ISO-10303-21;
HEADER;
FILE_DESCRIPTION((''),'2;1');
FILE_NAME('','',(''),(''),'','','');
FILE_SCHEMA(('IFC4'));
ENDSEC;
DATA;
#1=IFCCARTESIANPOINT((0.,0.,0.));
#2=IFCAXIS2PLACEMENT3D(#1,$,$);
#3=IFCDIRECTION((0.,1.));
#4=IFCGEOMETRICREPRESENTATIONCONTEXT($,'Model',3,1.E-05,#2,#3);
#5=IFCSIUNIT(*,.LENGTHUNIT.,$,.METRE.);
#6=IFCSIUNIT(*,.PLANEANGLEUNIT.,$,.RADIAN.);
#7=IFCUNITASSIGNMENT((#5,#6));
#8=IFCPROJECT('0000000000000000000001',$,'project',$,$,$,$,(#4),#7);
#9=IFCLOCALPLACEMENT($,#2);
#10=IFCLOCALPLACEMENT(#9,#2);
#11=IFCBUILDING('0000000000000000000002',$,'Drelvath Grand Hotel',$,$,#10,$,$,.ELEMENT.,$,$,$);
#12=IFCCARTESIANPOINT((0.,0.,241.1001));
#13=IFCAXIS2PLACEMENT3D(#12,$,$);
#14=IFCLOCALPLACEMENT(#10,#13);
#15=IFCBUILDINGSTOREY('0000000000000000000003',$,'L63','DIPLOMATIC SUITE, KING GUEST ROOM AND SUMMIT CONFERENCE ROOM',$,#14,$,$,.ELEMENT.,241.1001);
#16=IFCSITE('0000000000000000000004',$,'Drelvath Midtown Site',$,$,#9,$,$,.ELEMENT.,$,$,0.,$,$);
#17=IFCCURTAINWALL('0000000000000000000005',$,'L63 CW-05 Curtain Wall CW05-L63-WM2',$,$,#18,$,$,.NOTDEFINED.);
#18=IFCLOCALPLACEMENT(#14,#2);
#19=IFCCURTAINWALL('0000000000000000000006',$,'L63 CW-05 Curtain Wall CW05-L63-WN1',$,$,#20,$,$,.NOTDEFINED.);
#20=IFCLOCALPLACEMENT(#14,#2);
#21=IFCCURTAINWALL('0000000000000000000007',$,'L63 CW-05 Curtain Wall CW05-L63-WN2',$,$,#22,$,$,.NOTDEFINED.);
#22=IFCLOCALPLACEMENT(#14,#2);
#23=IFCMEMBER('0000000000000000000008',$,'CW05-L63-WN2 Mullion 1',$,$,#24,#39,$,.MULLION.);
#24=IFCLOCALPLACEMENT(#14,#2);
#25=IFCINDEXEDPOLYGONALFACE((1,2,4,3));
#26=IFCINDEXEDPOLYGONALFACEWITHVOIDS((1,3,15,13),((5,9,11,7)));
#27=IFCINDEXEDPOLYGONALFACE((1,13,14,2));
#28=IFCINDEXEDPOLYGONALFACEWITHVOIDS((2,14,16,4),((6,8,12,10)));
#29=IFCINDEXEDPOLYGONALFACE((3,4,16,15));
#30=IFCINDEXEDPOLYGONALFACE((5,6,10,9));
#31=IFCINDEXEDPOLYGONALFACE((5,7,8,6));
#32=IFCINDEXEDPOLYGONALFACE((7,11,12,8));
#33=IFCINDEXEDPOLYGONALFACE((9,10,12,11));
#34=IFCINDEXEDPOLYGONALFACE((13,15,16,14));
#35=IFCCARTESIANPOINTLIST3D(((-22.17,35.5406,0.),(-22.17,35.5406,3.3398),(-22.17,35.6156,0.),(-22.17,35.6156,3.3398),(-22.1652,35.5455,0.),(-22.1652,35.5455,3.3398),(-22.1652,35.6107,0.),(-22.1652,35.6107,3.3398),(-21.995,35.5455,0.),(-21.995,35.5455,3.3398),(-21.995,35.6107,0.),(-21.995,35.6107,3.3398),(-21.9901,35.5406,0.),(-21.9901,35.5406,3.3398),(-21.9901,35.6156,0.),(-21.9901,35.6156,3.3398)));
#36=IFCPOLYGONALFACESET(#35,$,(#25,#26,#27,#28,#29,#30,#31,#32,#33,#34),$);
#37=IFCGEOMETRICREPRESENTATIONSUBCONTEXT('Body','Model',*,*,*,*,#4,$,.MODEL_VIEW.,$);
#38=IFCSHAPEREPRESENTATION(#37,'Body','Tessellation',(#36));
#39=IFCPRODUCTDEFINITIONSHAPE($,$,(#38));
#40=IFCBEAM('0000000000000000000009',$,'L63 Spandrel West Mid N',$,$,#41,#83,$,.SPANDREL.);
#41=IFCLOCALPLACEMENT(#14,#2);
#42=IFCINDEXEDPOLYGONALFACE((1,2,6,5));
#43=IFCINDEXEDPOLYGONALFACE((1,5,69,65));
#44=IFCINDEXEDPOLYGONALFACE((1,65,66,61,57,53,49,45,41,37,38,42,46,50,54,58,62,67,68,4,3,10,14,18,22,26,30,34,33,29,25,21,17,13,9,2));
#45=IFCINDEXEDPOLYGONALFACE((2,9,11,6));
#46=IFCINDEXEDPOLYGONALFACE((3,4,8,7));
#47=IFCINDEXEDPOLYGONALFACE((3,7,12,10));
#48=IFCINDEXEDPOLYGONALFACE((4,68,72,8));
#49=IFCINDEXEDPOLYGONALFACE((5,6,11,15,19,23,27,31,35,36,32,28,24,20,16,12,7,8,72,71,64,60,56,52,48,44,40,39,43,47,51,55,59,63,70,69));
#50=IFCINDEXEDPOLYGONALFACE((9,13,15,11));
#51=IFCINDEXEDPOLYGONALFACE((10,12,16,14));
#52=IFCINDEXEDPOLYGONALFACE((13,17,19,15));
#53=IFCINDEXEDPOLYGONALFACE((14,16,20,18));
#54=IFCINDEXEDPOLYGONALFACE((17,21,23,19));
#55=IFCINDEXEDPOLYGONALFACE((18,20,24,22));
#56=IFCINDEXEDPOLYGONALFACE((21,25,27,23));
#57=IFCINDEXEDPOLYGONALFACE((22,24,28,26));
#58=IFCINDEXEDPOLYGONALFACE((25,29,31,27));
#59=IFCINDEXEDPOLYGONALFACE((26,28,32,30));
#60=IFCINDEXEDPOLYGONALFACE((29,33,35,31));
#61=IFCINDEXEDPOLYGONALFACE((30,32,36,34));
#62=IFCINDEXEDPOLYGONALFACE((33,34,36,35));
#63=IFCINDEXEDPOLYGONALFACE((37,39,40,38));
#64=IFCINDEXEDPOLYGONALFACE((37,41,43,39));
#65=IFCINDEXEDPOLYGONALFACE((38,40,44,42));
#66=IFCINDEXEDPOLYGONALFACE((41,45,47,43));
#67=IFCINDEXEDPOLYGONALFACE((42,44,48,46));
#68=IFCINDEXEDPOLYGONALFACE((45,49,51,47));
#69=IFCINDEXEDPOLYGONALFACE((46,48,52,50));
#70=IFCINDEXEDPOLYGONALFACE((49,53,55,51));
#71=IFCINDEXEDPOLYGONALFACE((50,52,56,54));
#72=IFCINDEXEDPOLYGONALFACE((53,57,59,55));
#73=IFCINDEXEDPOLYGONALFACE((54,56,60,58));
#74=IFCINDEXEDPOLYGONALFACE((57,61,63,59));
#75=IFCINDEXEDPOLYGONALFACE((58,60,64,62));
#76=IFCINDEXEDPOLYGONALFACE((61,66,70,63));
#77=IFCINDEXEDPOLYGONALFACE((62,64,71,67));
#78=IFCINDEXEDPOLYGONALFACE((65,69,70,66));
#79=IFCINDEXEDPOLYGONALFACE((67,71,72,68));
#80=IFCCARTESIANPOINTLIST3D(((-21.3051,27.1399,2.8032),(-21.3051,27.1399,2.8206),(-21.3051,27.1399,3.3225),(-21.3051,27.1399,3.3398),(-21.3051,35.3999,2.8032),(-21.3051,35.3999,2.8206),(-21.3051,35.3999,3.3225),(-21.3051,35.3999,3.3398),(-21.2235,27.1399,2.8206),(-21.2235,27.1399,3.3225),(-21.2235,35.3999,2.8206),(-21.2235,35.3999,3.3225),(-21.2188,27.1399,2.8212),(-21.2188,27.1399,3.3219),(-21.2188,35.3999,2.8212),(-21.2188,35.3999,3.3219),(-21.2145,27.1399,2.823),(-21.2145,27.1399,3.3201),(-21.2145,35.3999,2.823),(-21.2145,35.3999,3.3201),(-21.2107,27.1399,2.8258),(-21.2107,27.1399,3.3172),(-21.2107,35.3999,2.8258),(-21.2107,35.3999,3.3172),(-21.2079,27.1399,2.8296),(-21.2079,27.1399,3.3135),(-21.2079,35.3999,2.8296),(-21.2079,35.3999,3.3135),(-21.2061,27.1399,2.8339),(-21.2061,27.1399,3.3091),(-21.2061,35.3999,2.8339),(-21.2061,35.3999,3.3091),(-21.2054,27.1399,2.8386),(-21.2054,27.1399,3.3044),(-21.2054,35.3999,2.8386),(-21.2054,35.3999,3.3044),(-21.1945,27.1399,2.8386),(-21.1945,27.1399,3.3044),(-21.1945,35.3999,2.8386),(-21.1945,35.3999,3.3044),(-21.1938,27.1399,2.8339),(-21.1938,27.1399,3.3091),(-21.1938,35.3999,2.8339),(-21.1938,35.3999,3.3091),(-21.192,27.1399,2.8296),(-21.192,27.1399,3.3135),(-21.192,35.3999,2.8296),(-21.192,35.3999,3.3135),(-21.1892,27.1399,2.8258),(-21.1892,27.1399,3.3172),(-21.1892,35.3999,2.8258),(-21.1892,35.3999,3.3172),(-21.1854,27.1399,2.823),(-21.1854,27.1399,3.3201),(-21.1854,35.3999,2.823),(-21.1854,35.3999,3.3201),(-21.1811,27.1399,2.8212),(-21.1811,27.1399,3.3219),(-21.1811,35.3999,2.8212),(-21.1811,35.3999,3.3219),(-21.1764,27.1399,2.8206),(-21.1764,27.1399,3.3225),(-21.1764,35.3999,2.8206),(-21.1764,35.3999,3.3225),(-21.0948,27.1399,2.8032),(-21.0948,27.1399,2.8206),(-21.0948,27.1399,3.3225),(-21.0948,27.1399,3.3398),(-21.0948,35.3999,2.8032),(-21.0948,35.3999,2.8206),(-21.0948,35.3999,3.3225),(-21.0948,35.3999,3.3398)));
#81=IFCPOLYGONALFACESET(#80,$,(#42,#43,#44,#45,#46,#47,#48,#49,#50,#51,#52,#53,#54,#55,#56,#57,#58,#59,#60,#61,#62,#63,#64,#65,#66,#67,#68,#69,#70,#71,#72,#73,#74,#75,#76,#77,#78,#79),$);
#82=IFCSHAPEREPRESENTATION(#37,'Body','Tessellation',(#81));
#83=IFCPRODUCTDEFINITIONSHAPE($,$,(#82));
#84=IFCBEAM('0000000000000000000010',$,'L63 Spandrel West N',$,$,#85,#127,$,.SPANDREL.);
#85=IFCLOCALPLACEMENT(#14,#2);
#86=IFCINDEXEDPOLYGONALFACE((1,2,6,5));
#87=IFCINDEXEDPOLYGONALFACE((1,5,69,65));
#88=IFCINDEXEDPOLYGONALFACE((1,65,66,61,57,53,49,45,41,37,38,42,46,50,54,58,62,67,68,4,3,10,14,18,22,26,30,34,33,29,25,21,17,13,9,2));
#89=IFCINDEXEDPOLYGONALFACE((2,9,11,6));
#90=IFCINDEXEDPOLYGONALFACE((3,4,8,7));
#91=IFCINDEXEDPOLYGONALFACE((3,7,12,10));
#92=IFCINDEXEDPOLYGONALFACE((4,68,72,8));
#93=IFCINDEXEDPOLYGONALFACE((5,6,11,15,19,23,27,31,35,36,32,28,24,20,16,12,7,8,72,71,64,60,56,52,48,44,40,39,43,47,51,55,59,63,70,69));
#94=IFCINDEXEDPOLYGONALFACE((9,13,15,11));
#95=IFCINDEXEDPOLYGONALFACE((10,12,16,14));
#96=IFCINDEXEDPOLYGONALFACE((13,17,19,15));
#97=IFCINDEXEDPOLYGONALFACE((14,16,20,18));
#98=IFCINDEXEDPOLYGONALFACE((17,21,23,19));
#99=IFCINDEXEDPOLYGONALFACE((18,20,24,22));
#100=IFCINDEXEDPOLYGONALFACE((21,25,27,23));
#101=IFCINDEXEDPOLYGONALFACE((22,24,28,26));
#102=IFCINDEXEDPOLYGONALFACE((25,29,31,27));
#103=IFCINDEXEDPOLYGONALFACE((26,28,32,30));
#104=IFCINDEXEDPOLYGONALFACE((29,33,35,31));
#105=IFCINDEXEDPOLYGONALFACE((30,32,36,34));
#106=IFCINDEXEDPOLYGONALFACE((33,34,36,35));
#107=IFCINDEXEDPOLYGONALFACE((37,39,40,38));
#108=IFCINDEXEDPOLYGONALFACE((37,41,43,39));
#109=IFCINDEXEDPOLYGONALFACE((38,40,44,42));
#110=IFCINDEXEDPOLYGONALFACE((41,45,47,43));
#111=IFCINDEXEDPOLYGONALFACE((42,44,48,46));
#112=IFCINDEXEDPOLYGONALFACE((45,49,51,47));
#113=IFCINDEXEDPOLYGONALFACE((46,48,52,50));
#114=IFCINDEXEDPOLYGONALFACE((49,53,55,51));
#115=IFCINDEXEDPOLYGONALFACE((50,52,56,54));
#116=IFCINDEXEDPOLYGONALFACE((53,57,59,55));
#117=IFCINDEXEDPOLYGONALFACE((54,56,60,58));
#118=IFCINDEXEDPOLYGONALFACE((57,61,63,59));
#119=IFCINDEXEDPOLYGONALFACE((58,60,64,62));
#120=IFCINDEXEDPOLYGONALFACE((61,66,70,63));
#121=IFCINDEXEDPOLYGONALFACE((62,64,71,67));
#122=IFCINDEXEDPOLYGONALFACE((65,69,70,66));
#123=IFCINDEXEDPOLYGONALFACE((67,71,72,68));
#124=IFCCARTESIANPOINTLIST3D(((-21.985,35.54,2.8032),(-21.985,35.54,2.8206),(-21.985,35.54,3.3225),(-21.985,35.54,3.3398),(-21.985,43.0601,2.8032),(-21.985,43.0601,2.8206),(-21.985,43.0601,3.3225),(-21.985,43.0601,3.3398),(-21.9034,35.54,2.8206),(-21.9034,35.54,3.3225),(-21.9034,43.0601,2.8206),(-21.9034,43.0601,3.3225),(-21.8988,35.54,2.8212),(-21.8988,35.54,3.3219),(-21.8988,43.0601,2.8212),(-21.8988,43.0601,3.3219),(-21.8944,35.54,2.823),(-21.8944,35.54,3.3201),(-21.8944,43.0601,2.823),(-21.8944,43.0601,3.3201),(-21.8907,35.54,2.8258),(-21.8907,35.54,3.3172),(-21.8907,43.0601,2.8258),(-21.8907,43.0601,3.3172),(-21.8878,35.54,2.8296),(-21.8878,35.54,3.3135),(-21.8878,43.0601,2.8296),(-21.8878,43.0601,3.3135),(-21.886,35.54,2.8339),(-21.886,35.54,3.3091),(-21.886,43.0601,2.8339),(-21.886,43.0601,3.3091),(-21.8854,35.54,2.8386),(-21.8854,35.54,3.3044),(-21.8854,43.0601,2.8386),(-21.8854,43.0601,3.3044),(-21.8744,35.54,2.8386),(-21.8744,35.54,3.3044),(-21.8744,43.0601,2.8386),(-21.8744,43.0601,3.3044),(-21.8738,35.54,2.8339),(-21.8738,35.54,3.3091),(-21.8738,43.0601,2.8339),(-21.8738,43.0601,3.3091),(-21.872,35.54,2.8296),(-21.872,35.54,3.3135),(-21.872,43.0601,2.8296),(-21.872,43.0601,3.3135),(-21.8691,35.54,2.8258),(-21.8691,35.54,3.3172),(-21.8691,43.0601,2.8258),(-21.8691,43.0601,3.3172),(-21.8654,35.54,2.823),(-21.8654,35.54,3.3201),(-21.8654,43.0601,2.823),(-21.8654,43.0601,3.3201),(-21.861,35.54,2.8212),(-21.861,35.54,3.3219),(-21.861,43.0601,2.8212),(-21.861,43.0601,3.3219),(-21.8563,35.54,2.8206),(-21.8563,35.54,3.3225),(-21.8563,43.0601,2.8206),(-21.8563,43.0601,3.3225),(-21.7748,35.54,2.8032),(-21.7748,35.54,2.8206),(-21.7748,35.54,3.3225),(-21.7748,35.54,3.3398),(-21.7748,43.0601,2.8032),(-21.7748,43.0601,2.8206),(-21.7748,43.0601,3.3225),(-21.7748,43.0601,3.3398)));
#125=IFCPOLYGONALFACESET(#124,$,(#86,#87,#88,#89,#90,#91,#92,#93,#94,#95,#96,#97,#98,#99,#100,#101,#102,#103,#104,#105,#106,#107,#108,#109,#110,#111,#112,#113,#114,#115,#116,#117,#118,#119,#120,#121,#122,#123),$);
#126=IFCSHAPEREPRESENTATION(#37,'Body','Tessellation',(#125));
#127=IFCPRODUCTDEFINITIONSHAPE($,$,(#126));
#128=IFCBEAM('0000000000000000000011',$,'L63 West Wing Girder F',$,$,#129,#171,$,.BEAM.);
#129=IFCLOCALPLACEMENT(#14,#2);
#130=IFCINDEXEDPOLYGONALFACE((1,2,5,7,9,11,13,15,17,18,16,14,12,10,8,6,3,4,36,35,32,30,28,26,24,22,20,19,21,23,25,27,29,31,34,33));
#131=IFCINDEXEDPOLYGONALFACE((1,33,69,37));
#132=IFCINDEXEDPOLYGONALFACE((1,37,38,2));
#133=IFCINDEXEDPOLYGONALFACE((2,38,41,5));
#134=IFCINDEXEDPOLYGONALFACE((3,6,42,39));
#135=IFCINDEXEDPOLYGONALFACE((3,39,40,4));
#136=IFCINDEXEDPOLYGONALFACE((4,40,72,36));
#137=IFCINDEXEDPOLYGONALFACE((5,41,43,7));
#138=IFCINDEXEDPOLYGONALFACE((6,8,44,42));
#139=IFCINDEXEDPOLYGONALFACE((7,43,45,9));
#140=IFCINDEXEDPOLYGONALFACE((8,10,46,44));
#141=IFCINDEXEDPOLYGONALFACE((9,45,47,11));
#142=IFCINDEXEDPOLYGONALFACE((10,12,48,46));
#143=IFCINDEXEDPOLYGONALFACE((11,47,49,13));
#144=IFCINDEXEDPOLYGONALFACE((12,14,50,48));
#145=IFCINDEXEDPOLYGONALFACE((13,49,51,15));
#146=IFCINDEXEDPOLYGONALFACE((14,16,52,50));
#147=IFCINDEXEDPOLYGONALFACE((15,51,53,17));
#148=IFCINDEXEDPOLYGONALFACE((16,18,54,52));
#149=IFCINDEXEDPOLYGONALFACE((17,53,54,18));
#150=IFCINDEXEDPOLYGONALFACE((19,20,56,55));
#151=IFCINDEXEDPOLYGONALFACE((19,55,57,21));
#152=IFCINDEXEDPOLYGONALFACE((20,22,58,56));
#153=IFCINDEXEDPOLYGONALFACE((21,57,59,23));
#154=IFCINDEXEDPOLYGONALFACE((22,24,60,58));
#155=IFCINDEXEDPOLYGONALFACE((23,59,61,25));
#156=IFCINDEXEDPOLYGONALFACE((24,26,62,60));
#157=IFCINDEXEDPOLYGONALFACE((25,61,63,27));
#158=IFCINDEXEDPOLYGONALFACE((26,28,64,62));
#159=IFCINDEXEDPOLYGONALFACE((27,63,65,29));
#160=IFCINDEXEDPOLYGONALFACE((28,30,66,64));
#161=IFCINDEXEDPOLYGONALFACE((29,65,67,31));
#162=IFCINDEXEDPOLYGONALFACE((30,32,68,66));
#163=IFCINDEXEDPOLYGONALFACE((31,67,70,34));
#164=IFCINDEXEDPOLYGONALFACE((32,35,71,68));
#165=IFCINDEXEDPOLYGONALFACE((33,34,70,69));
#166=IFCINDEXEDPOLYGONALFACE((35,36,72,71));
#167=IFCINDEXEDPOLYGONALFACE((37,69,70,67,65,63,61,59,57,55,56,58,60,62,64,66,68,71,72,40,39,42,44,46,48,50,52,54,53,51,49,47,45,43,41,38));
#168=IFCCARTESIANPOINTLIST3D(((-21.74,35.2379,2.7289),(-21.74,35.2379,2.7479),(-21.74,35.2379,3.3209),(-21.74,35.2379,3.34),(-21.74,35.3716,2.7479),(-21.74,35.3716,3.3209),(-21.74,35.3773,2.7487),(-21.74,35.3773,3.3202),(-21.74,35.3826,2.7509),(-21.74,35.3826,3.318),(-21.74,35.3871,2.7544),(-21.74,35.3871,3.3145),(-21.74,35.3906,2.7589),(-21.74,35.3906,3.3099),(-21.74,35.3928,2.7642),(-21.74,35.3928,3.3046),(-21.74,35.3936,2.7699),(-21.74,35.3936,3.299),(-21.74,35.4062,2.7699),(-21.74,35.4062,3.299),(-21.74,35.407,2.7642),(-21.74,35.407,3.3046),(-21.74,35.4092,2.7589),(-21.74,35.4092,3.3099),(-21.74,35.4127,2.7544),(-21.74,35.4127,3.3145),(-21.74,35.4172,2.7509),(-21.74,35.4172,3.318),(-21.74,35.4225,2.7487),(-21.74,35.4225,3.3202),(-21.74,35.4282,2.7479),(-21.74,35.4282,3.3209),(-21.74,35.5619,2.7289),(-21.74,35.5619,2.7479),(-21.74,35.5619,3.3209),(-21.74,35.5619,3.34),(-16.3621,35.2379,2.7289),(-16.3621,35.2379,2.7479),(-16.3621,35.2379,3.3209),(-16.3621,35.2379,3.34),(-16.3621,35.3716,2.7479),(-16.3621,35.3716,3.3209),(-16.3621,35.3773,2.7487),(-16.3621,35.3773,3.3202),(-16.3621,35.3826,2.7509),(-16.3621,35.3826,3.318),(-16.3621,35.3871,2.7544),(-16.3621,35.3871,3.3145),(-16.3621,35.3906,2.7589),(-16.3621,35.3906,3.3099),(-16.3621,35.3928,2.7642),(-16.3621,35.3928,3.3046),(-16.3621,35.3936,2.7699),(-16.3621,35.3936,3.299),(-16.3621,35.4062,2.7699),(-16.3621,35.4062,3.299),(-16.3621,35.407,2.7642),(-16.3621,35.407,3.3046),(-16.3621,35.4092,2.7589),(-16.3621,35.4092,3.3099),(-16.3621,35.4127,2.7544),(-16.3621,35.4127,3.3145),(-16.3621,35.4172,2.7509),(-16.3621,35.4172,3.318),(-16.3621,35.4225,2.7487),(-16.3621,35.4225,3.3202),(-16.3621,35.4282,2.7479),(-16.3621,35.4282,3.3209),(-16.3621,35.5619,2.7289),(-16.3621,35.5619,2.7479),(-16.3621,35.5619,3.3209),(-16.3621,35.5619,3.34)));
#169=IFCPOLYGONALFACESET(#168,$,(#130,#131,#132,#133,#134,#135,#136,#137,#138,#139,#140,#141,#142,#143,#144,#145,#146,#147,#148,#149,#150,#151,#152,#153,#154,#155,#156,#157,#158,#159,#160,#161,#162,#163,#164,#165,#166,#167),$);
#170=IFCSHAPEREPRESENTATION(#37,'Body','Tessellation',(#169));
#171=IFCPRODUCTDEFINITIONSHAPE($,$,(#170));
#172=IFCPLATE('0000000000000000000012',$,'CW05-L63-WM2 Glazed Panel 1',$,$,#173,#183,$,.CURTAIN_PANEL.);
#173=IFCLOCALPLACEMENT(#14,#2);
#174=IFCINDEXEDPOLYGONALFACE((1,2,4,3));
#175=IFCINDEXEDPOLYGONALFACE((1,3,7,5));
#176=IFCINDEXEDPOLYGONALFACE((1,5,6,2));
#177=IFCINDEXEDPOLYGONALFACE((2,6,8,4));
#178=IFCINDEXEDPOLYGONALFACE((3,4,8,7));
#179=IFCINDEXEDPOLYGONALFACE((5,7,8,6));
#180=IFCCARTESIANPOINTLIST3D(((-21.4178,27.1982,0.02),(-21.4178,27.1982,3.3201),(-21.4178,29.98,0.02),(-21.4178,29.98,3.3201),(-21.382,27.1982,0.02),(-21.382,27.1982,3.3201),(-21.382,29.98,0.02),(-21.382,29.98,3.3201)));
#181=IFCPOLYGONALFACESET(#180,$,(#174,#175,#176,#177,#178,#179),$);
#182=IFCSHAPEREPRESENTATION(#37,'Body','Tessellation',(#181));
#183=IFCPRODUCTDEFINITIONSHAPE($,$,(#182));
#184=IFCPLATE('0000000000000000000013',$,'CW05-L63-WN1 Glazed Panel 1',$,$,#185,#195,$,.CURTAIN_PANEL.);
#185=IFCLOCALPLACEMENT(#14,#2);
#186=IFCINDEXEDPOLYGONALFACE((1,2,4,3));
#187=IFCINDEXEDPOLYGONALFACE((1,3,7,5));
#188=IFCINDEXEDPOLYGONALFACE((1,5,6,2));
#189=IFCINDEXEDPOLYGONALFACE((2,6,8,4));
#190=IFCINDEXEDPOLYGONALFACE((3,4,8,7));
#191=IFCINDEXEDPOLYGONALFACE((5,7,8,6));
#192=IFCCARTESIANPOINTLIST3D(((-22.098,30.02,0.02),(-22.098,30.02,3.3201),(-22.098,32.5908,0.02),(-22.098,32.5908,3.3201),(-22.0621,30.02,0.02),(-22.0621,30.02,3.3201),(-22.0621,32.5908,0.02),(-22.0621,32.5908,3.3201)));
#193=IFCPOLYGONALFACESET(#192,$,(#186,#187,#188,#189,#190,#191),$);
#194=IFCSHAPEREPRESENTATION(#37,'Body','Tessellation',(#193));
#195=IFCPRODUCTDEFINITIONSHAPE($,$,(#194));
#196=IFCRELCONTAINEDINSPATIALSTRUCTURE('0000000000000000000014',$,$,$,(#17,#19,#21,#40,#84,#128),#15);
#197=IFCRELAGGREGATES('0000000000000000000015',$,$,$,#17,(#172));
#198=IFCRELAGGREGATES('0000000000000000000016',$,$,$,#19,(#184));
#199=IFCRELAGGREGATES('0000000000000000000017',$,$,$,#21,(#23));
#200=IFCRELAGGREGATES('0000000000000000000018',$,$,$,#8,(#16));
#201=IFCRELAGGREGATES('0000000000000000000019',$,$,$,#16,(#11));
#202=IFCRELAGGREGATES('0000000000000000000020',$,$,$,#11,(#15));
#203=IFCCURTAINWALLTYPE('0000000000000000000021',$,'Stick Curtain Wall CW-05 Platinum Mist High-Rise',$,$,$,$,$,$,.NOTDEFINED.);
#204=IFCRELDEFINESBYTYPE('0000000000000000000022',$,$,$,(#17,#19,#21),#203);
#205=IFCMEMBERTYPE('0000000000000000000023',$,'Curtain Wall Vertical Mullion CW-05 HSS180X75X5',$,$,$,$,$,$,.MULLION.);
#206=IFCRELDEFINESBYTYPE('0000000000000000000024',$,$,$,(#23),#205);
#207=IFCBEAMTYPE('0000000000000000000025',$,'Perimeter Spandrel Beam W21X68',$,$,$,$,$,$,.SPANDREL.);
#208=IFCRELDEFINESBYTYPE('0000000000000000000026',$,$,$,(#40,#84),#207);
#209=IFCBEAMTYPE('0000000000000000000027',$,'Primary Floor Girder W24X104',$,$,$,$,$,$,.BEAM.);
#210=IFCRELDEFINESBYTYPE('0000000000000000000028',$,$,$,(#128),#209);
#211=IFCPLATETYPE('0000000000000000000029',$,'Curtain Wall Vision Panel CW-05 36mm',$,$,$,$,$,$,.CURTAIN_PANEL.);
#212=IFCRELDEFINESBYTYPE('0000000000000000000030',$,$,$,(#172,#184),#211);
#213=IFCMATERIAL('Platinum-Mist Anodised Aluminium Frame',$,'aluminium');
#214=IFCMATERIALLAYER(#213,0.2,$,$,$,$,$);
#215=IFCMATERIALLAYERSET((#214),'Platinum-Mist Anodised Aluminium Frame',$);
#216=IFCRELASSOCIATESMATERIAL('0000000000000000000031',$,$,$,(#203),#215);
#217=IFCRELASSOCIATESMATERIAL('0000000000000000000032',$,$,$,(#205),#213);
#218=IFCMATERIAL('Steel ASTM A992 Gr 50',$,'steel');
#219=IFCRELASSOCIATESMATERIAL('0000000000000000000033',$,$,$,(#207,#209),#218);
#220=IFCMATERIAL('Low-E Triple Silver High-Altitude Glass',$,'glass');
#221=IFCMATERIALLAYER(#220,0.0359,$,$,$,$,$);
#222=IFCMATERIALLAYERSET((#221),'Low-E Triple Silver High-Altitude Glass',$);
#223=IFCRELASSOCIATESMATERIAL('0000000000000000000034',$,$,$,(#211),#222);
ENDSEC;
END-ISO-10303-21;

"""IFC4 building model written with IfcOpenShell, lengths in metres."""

from ifc_helpers import new_model, si_unit, direction, frame, origin, origin_2d, place, context, subcontext, project, spatial, rectangle, hollow_rectangle, i_section, extrude, material, layer, layer_set, material_profile, profile_set, type_object, element, aggregate, save


model = new_model("IFC4")

# Units and contexts
model_context = context("Model", 3, precision=1e-05, world=origin(), true_north=direction((0.0, 1.0)))
body_context = subcontext(model_context, "Body", "Model", "MODEL_VIEW")
ifc_project = project(units=[si_unit("LENGTHUNIT", "METRE"), si_unit("PLANEANGLEUNIT", "RADIAN")], contexts=[model_context])

# Site, building, storey
site_placement = place(None, origin())
site = spatial("IfcSite", under=ifc_project, at=site_placement, Name="Drelvath Midtown Site", CompositionType="ELEMENT", RefElevation=0.0)
building_placement = place(site_placement, origin())
building = spatial("IfcBuilding", under=site, at=building_placement, Name="Drelvath Grand Hotel", CompositionType="ELEMENT")
storey_placement = place(building_placement, frame((0.0, 0.0, 241.1001)))
storey = spatial("IfcBuildingStorey", under=building, at=storey_placement, Name="L63", Description="DIPLOMATIC SUITE, KING GUEST ROOM AND SUMMIT CONFERENCE ROOM", CompositionType="ELEMENT", Elevation=241.1001)

# Curtain walls
ifc_material_1 = material(Name="Platinum-Mist Anodised Aluminium Frame", Category="aluminium")
ifc_layer_1 = layer(ifc_material_1, 0.2)
ifc_layer_set_1 = layer_set([ifc_layer_1], Name="Platinum-Mist Anodised Aluminium Frame")
curtain_wall_type = type_object("IfcCurtainWallType", Name="Stick Curtain Wall CW-05 Platinum Mist High-Rise", PredefinedType="NOTDEFINED", material=ifc_layer_set_1)
curtain_wall_1_placement = place(storey_placement, origin())
curtain_wall_1 = element("IfcCurtainWall", 1, at=curtain_wall_1_placement, inside=storey, type_object=curtain_wall_type, Name="L63 CW-05 Curtain Wall CW05-L63-WM2", PredefinedType="NOTDEFINED")
curtain_wall_2_placement = place(storey_placement, origin())
curtain_wall_2 = element("IfcCurtainWall", 2, at=curtain_wall_2_placement, inside=storey, type_object=curtain_wall_type, Name="L63 CW-05 Curtain Wall CW05-L63-WN1", PredefinedType="NOTDEFINED")
curtain_wall_3_placement = place(storey_placement, origin())
curtain_wall_3 = element("IfcCurtainWall", 3, at=curtain_wall_3_placement, inside=storey, type_object=curtain_wall_type, Name="L63 CW-05 Curtain Wall CW05-L63-WN2", PredefinedType="NOTDEFINED")

# Member
ifc_material_profile_1 = material_profile(ifc_material_1, hollow_rectangle(XDim=0.075, YDim=0.1799, WallThickness=0.0049, at=origin_2d()), Name="HSS180X75X5")
ifc_profile_set_1 = profile_set([ifc_material_profile_1], Name="Platinum-Mist Anodised Aluminium Frame")
member_type_1 = type_object("IfcMemberType", Name="Curtain Wall Vertical Mullion CW-05 HSS180X75X5", PredefinedType="MULLION", material=ifc_profile_set_1)
member_1_placement = place(storey_placement, frame((-22.0801, 35.5781, 0.0), z_axis=(0.0, 0.0, 1.0), x_axis=(0.0, 1.0, 0.0)))
member_1 = element("IfcMember", 4, at=member_1_placement, type_object=member_type_1, Name="CW05-L63-WN2 Mullion 1", PredefinedType="MULLION", context=body_context, shape_type="SweptSolid", body=[
    extrude(hollow_rectangle(XDim=0.075, YDim=0.1799, WallThickness=0.0049, at=origin_2d()), origin(), (0.0, 0.0, 1.0), 3.3398),
])

# Beams
ifc_material_2 = material(Name="Steel ASTM A992 Gr 50", Category="steel")
ifc_material_profile_2 = material_profile(ifc_material_2, i_section(OverallWidth=0.2102, OverallDepth=0.5366, WebThickness=0.011, FlangeThickness=0.0173, FilletRadius=0.0181, at=origin_2d()), Name="W21X68")
ifc_profile_set_2 = profile_set([ifc_material_profile_2], Name="Steel ASTM A992 Gr 50")
beam_type_1 = type_object("IfcBeamType", Name="Perimeter Spandrel Beam W21X68", PredefinedType="SPANDREL", material=ifc_profile_set_2)
beam_1_placement = place(storey_placement, frame((-21.2, 27.1399, 3.0715), z_axis=(0.0, 1.0, 0.0), x_axis=(-1.0, 0.0, 0.0)))
element("IfcBeam", 5, at=beam_1_placement, inside=storey, type_object=beam_type_1, Name="L63 Spandrel West Mid N", PredefinedType="SPANDREL", context=body_context, shape_type="SweptSolid", body=[
    extrude(i_section(OverallWidth=0.2102, OverallDepth=0.5366, WebThickness=0.011, FlangeThickness=0.0173, FilletRadius=0.0181, at=origin_2d()), origin(), (0.0, 0.0, 1.0), 8.26),
])
beam_2_placement = place(storey_placement, frame((-21.8799, 35.54, 3.0715), z_axis=(0.0, 1.0, 0.0), x_axis=(-1.0, 0.0, 0.0)))
element("IfcBeam", 6, at=beam_2_placement, inside=storey, type_object=beam_type_1, Name="L63 Spandrel West N", PredefinedType="SPANDREL", context=body_context, shape_type="SweptSolid", body=[
    extrude(i_section(OverallWidth=0.2102, OverallDepth=0.5366, WebThickness=0.011, FlangeThickness=0.0173, FilletRadius=0.0181, at=origin_2d()), origin(), (0.0, 0.0, 1.0), 7.52),
])
ifc_material_profile_3 = material_profile(ifc_material_2, i_section(OverallWidth=0.324, OverallDepth=0.6111, WebThickness=0.0127, FlangeThickness=0.019, FilletRadius=0.022, at=origin_2d()), Name="W24X104")
ifc_profile_set_3 = profile_set([ifc_material_profile_3], Name="Steel ASTM A992 Gr 50")
beam_type_2 = type_object("IfcBeamType", Name="Primary Floor Girder W24X104", PredefinedType="BEAM", material=ifc_profile_set_3)
beam_3_placement = place(storey_placement, frame((-21.74, 35.3999, 3.0344), z_axis=(1.0, 0.0, 0.0), x_axis=(0.0, 1.0, 0.0)))
element("IfcBeam", 7, at=beam_3_placement, inside=storey, type_object=beam_type_2, Name="L63 West Wing Girder F", PredefinedType="BEAM", context=body_context, shape_type="SweptSolid", body=[
    extrude(i_section(OverallWidth=0.324, OverallDepth=0.6111, WebThickness=0.0127, FlangeThickness=0.019, FilletRadius=0.022, at=origin_2d()), origin(), (0.0, 0.0, 1.0), 5.3779),
])

# Plates
ifc_material_3 = material(Name="Low-E Triple Silver High-Altitude Glass", Category="glass")
ifc_layer_2 = layer(ifc_material_3, 0.0359)
ifc_layer_set_2 = layer_set([ifc_layer_2], Name="Low-E Triple Silver High-Altitude Glass")
plate_type = type_object("IfcPlateType", Name="Curtain Wall Vision Panel CW-05 36mm", PredefinedType="CURTAIN_PANEL", material=ifc_layer_set_2)
plate_1_placement = place(storey_placement, frame((-21.3999, 28.5891, 0.02), z_axis=(0.0, 0.0, 1.0), x_axis=(0.0, 1.0, 0.0)))
plate_1 = element("IfcPlate", 8, at=plate_1_placement, type_object=plate_type, Name="CW05-L63-WM2 Glazed Panel 1", PredefinedType="CURTAIN_PANEL", context=body_context, shape_type="SweptSolid", body=[
    extrude(rectangle(XDim=2.7817, YDim=0.0359, at=origin_2d()), origin(), (0.0, 0.0, 1.0), 3.3),
])
aggregate(curtain_wall_1, [plate_1])
plate_2_placement = place(storey_placement, frame((-22.0801, 31.3054, 0.02), z_axis=(0.0, 0.0, 1.0), x_axis=(0.0, 1.0, 0.0)))
plate_2 = element("IfcPlate", 9, at=plate_2_placement, type_object=plate_type, Name="CW05-L63-WN1 Glazed Panel 1", PredefinedType="CURTAIN_PANEL", context=body_context, shape_type="SweptSolid", body=[
    extrude(rectangle(XDim=2.5708, YDim=0.0359, at=origin_2d()), origin(), (0.0, 0.0, 1.0), 3.3),
])
aggregate(curtain_wall_2, [plate_2])
aggregate(curtain_wall_3, [member_1])

save(model, "model.ifc")
